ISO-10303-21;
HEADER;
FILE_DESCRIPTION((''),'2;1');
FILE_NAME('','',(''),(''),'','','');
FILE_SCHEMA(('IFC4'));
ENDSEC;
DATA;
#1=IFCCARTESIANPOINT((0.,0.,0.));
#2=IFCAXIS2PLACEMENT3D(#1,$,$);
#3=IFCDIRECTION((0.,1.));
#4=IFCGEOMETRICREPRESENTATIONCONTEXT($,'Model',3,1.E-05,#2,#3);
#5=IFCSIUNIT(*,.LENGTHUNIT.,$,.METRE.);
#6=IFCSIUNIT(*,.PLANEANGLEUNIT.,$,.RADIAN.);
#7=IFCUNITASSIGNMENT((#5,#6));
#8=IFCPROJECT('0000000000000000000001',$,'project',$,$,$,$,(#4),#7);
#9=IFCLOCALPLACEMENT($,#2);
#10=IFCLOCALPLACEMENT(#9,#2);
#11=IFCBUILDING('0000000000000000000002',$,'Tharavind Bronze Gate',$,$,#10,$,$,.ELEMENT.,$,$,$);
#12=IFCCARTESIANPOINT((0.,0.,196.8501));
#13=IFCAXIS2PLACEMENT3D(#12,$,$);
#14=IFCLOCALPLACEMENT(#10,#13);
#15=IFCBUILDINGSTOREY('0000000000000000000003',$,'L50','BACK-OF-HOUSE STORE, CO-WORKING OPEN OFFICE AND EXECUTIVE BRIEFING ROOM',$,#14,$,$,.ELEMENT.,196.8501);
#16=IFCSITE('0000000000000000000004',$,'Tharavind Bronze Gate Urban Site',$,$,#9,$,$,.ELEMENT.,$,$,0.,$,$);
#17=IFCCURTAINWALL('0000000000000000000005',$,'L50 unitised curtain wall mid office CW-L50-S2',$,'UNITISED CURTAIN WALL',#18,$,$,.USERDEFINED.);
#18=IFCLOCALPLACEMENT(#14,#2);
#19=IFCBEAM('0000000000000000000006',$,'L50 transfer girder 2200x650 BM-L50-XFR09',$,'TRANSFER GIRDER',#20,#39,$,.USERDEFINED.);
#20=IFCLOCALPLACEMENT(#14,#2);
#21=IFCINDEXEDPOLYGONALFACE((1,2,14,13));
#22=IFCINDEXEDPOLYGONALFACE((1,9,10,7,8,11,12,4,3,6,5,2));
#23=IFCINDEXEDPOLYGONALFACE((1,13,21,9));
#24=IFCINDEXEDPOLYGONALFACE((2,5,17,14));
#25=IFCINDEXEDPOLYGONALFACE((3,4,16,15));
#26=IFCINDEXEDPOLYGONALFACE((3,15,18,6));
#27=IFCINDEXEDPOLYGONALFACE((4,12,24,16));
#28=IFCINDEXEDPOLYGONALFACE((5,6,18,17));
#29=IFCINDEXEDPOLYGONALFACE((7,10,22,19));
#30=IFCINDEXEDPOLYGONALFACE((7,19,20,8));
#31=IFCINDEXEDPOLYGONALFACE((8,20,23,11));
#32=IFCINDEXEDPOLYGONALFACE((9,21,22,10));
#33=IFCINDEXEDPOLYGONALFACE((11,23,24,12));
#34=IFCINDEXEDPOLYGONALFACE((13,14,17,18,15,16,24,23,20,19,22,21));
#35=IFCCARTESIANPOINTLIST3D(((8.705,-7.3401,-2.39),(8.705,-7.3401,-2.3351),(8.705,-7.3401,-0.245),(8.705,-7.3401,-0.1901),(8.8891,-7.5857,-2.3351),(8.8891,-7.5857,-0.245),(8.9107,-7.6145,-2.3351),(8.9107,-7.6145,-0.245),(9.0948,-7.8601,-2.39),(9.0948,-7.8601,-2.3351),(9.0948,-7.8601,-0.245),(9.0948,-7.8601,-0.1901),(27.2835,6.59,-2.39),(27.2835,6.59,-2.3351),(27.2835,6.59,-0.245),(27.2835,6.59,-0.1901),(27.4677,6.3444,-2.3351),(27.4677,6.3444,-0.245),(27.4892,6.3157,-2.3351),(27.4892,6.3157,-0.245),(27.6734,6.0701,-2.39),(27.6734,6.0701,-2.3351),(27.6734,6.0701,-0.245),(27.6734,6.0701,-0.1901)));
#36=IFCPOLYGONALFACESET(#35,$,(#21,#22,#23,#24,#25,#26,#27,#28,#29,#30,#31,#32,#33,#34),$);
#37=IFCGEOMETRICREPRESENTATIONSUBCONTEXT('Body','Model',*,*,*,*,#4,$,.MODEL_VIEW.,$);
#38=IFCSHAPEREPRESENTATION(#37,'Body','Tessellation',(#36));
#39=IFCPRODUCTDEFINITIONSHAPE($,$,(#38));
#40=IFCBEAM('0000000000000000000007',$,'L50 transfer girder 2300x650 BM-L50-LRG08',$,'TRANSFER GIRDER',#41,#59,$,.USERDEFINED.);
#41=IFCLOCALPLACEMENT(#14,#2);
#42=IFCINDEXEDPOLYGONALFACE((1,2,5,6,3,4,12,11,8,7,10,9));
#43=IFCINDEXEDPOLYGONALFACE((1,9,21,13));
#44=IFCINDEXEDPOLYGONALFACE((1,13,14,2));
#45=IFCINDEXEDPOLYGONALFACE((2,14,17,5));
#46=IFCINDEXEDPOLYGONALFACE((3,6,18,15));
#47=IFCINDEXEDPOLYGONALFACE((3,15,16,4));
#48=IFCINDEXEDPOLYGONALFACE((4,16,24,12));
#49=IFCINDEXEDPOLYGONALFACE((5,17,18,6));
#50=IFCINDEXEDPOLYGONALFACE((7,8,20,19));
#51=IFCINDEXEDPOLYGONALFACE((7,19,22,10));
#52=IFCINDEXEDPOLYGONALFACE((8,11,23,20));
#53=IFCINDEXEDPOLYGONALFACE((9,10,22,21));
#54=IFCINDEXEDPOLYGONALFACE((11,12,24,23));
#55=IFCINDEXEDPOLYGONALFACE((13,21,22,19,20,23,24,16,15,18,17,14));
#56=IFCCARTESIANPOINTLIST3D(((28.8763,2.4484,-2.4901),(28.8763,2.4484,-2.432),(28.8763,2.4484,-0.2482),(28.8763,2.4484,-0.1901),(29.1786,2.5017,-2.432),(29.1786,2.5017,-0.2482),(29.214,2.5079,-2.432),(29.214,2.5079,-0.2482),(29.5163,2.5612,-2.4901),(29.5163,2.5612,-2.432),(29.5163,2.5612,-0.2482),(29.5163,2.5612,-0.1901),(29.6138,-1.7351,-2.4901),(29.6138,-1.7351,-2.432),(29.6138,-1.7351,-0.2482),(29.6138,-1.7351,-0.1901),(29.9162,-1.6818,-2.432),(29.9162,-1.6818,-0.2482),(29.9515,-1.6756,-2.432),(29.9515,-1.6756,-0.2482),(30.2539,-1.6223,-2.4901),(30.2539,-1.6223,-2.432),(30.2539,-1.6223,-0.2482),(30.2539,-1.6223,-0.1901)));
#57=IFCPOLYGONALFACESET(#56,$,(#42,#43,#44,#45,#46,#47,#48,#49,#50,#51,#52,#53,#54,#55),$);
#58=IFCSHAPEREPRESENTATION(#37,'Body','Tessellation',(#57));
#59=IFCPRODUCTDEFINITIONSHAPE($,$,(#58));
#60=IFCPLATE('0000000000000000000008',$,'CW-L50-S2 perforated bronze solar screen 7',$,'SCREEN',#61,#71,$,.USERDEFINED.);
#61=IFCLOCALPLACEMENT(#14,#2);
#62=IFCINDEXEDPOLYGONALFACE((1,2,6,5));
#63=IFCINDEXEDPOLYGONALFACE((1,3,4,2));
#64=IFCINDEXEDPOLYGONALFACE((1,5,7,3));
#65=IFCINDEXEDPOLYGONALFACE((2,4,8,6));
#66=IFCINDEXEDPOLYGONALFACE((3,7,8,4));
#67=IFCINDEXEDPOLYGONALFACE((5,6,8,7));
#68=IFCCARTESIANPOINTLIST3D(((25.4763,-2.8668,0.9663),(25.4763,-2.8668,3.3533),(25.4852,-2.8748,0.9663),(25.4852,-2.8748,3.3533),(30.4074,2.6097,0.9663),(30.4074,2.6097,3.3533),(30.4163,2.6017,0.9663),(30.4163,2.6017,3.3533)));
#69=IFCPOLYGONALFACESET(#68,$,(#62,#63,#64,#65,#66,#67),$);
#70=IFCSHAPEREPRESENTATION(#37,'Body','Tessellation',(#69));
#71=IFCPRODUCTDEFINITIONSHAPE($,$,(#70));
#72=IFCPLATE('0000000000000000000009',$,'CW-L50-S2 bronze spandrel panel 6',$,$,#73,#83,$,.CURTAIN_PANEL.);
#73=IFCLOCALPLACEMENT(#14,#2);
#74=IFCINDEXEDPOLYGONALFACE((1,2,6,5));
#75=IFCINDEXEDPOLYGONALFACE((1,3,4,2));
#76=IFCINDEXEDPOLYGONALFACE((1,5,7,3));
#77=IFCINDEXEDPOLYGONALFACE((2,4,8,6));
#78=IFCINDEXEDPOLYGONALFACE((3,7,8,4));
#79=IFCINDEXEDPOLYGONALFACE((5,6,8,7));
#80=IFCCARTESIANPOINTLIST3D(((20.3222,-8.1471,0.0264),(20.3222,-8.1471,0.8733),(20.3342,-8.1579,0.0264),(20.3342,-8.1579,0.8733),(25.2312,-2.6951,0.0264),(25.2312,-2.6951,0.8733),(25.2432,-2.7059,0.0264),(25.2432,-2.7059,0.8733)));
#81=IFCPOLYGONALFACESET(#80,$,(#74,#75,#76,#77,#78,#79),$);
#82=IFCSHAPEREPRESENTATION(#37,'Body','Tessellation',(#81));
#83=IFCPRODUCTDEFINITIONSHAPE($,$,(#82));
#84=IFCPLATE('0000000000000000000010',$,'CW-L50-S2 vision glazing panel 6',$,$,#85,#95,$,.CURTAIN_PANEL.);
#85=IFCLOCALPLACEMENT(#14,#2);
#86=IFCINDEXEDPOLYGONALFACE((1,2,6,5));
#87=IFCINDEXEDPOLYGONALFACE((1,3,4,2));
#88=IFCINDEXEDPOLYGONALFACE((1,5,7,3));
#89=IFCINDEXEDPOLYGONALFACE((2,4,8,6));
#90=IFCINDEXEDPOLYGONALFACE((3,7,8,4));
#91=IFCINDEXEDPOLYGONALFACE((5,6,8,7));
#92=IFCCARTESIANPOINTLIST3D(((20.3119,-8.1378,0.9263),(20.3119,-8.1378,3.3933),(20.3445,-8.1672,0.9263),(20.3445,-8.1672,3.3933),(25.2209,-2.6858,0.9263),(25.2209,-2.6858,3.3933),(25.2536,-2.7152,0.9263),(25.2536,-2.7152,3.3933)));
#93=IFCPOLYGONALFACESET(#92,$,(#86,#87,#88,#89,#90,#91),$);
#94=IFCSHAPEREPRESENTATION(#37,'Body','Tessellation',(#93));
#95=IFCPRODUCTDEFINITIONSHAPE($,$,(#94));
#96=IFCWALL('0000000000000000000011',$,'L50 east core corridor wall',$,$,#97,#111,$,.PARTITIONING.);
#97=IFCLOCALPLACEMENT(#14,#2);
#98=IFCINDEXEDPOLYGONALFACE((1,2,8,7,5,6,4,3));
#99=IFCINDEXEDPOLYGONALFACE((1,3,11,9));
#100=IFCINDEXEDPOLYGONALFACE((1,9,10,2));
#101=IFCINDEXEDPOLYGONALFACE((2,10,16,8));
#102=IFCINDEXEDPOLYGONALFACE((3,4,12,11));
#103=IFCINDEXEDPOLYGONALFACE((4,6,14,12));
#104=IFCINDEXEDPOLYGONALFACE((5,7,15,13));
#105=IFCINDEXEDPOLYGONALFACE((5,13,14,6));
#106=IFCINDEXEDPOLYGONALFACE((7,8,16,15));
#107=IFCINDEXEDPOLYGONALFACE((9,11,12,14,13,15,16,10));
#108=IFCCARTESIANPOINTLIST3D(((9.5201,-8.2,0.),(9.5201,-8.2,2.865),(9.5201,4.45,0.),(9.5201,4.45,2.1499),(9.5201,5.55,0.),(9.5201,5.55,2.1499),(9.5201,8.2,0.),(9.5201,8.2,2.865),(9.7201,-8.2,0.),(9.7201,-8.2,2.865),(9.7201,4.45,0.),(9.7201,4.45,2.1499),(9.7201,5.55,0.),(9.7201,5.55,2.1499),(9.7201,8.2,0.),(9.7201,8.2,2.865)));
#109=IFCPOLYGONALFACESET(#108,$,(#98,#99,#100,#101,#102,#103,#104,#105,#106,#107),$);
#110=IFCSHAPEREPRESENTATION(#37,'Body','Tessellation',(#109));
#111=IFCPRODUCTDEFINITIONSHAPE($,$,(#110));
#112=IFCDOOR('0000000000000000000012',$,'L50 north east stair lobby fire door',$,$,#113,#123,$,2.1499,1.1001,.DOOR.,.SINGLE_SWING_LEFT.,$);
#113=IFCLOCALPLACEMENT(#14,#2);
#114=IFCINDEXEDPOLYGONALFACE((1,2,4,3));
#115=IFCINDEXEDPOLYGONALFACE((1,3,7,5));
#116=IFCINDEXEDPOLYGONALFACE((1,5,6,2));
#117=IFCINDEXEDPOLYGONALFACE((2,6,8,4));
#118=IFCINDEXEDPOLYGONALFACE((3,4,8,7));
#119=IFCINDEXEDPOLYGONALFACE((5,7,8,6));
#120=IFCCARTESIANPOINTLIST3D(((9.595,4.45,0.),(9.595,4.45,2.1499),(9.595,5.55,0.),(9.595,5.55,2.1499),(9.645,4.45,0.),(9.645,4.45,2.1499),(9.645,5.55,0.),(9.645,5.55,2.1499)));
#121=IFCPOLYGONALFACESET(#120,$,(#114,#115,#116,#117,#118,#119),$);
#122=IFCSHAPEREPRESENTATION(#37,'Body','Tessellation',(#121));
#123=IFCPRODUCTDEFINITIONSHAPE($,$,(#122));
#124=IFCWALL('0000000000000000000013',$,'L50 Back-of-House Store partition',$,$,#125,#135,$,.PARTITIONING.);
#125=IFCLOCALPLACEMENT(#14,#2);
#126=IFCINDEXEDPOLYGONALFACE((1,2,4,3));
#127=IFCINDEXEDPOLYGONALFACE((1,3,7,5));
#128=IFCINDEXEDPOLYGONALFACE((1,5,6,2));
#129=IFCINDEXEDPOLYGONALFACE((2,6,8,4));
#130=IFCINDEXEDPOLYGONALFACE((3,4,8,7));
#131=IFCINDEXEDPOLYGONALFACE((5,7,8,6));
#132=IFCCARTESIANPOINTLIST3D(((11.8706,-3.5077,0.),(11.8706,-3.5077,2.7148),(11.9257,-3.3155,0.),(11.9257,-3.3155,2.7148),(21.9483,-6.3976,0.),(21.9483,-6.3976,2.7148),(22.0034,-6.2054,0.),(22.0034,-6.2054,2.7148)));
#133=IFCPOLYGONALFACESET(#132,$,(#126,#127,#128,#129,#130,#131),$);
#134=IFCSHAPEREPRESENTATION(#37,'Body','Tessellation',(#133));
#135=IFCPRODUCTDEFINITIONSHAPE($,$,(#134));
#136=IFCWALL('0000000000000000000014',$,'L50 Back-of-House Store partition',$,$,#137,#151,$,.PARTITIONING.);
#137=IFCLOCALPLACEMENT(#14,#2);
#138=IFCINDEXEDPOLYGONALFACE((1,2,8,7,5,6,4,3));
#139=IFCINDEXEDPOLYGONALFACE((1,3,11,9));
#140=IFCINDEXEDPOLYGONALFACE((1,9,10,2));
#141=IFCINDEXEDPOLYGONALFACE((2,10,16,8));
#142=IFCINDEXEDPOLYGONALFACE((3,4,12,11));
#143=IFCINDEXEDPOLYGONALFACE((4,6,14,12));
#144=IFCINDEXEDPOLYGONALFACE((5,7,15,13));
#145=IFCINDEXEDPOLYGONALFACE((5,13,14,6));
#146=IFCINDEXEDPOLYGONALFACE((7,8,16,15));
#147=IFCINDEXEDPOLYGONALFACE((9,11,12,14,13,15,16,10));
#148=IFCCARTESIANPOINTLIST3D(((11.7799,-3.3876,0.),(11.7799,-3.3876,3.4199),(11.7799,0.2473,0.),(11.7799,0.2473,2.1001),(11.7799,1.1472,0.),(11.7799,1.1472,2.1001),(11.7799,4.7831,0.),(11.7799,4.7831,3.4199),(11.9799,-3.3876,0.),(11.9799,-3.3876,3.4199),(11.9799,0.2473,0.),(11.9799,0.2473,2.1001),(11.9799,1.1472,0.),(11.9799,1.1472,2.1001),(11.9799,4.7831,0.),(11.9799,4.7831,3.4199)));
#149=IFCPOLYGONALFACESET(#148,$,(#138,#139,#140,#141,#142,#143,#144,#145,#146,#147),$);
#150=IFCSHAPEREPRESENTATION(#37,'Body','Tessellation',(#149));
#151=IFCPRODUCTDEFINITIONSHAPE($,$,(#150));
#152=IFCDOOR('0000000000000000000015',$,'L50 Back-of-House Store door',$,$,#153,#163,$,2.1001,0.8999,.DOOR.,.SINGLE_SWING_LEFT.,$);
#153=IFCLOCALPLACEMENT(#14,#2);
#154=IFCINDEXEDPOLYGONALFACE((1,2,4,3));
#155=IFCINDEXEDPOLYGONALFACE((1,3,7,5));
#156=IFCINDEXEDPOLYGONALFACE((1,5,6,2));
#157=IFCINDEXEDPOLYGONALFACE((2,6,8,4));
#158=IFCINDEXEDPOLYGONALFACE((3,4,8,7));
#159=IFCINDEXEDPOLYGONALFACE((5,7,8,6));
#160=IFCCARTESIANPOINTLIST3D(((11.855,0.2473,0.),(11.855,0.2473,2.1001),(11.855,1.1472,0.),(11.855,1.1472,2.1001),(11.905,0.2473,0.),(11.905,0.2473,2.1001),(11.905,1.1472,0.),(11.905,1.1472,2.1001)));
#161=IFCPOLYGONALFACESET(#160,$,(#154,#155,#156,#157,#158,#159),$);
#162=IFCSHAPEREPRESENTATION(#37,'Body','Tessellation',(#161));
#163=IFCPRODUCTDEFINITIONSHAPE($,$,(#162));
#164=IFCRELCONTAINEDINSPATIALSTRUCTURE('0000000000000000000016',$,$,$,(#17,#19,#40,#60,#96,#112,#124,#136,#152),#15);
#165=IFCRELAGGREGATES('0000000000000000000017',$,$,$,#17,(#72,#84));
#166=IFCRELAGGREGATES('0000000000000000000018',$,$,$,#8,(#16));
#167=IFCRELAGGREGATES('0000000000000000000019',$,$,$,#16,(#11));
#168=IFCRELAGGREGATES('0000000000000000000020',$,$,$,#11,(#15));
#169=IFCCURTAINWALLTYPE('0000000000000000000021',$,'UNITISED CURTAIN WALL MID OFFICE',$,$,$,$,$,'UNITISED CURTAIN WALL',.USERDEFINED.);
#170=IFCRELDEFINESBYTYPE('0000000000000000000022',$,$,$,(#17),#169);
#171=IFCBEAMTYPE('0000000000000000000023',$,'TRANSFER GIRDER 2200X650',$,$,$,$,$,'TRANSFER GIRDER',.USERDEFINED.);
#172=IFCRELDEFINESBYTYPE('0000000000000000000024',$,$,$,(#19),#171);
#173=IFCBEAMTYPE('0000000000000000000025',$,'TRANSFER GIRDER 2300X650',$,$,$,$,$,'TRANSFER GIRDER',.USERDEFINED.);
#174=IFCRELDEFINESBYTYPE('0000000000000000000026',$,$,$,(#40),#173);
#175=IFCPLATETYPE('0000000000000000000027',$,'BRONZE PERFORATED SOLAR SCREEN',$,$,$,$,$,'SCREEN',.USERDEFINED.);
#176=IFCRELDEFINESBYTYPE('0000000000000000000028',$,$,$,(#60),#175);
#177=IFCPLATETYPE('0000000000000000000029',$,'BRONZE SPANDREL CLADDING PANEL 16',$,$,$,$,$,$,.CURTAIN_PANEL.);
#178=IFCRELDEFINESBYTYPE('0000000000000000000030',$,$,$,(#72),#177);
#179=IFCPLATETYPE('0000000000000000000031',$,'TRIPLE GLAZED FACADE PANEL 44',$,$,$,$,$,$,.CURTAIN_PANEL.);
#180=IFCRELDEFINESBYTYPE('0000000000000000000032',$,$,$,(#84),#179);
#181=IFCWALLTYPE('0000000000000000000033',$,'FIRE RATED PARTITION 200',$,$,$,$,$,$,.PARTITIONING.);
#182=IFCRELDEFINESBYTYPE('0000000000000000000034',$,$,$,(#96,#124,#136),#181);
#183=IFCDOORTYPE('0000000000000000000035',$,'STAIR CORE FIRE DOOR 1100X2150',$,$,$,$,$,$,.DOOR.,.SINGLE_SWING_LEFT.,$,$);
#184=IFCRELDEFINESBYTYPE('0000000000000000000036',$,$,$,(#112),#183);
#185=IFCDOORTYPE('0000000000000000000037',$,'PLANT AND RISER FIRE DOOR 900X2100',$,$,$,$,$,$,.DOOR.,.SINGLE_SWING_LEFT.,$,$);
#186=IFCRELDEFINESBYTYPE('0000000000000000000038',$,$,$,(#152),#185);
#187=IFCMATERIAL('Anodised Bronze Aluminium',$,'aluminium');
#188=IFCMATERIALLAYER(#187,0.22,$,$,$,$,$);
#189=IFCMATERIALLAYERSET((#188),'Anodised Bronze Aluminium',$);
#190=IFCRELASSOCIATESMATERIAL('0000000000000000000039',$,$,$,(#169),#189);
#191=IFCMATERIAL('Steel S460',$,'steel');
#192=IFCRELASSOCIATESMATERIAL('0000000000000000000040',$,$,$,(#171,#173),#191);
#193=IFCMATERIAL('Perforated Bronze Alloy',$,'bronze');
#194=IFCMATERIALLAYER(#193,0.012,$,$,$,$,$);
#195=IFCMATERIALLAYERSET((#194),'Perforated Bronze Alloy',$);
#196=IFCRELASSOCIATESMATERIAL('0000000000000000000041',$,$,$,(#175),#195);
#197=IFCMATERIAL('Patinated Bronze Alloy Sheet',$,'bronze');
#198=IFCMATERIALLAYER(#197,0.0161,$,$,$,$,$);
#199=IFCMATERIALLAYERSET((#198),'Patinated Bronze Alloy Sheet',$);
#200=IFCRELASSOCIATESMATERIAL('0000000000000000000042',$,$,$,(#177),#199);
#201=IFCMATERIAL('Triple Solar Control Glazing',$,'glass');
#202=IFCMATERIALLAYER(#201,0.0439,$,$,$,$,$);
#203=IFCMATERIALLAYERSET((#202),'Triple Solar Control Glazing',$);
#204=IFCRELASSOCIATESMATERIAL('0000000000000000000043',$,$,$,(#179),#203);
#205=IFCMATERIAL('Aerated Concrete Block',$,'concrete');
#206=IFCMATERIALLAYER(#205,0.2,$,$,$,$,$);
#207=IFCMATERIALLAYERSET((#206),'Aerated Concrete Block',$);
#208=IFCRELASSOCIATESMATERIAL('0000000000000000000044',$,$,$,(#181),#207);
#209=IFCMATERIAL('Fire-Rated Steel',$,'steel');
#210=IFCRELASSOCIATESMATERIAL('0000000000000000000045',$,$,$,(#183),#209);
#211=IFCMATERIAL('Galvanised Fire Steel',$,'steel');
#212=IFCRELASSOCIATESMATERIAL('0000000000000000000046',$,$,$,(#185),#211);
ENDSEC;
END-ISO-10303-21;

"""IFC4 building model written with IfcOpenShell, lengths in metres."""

from ifc_helpers import new_model, si_unit, direction, frame, frame_2d, origin, origin_2d, place, context, subcontext, project, spatial, rectangle, i_section, extrude, material, layer, layer_set, material_profile, profile_set, type_object, element, fill, aggregate, save


model = new_model("IFC4")

# Units and contexts
model_context = context("Model", 3, precision=1e-05, world=origin(), true_north=direction((0.0, 1.0)))
body_context = subcontext(model_context, "Body", "Model", "MODEL_VIEW")
ifc_project = project(units=[si_unit("LENGTHUNIT", "METRE"), si_unit("PLANEANGLEUNIT", "RADIAN")], contexts=[model_context])

# Site, building, storey
site_placement = place(None, origin())
site = spatial("IfcSite", under=ifc_project, at=site_placement, Name="Tharavind Bronze Gate Urban Site", CompositionType="ELEMENT", RefElevation=0.0)
building_placement = place(site_placement, origin())
building = spatial("IfcBuilding", under=site, at=building_placement, Name="Tharavind Bronze Gate", CompositionType="ELEMENT")
storey_placement = place(building_placement, frame((0.0, 0.0, 196.8501)))
storey = spatial("IfcBuildingStorey", under=building, at=storey_placement, Name="L50", Description="BACK-OF-HOUSE STORE, CO-WORKING OPEN OFFICE AND EXECUTIVE BRIEFING ROOM", CompositionType="ELEMENT", Elevation=196.8501)

# Curtain wall
ifc_material_1 = material(Name="Anodised Bronze Aluminium", Category="aluminium")
ifc_layer_1 = layer(ifc_material_1, 0.22)
ifc_layer_set_1 = layer_set([ifc_layer_1], Name="Anodised Bronze Aluminium")
curtain_wall_type = type_object("IfcCurtainWallType", Name="UNITISED CURTAIN WALL MID OFFICE", ElementType="UNITISED CURTAIN WALL", PredefinedType="USERDEFINED", material=ifc_layer_set_1)
curtain_wall_placement = place(storey_placement, origin())
curtain_wall = element("IfcCurtainWall", 1, at=curtain_wall_placement, inside=storey, type_object=curtain_wall_type, Name="L50 unitised curtain wall mid office CW-L50-S2", ObjectType="UNITISED CURTAIN WALL", PredefinedType="USERDEFINED")

# Beams
ifc_material_2 = material(Name="Steel S460", Category="steel")
ifc_material_profile_1 = material_profile(ifc_material_2, i_section(OverallWidth=0.6499, OverallDepth=2.2, WebThickness=0.0359, FlangeThickness=0.0549, at=origin_2d()), Name="PG2200X650")
ifc_profile_set_1 = profile_set([ifc_material_profile_1], Name="Steel S460")
beam_type_1 = type_object("IfcBeamType", Name="TRANSFER GIRDER 2200X650", ElementType="TRANSFER GIRDER", PredefinedType="USERDEFINED", material=ifc_profile_set_1)
beam_1_placement = place(storey_placement, frame((8.8999, -7.6001, -1.29), z_axis=(0.800078, 0.599896, 0.0), x_axis=(-0.599896, 0.800078, 0.0)))
element("IfcBeam", 2, at=beam_1_placement, inside=storey, type_object=beam_type_1, Name="L50 transfer girder 2200x650 BM-L50-XFR09", ObjectType="TRANSFER GIRDER", PredefinedType="USERDEFINED", context=body_context, shape_type="SweptSolid", body=[
    extrude(i_section(OverallWidth=0.6499, OverallDepth=2.2, WebThickness=0.0359, FlangeThickness=0.0549, at=origin_2d()), origin(), (0.0, 0.0, 1.0), 23.2209),
])
ifc_material_profile_2 = material_profile(ifc_material_2, i_section(OverallWidth=0.6499, OverallDepth=2.3, WebThickness=0.0359, FlangeThickness=0.0581, at=origin_2d()), Name="PG2300X650")
ifc_profile_set_2 = profile_set([ifc_material_profile_2], Name="Steel S460")
beam_type_2 = type_object("IfcBeamType", Name="TRANSFER GIRDER 2300X650", ElementType="TRANSFER GIRDER", PredefinedType="USERDEFINED", material=ifc_profile_set_2)
beam_2_placement = place(storey_placement, frame((29.9338, -1.6787, -1.3401), z_axis=(-0.173618, 0.984813, 0.0), x_axis=(-0.984813, -0.173618, 0.0)))
element("IfcBeam", 3, at=beam_2_placement, inside=storey, type_object=beam_type_2, Name="L50 transfer girder 2300x650 BM-L50-LRG08", ObjectType="TRANSFER GIRDER", PredefinedType="USERDEFINED", context=body_context, shape_type="SweptSolid", body=[
    extrude(i_section(OverallWidth=0.6499, OverallDepth=2.3, WebThickness=0.0359, FlangeThickness=0.0581, at=origin_2d()), origin(), (0.0, 0.0, 1.0), 4.248),
])

# Plates
ifc_material_3 = material(Name="Perforated Bronze Alloy", Category="bronze")
ifc_layer_2 = layer(ifc_material_3, 0.012)
ifc_layer_set_2 = layer_set([ifc_layer_2], Name="Perforated Bronze Alloy")
plate_type_1 = type_object("IfcPlateType", Name="BRONZE PERFORATED SOLAR SCREEN", ElementType="SCREEN", PredefinedType="USERDEFINED", material=ifc_layer_set_2)
plate_1_placement = place(storey_placement, frame((27.9463, -0.1326, 0.9663), z_axis=(0.0, 0.0, 1.0), x_axis=(0.669131, 0.743145, 0.0)))
element("IfcPlate", 4, at=plate_1_placement, inside=storey, type_object=plate_type_1, Name="CW-L50-S2 perforated bronze solar screen 7", ObjectType="SCREEN", PredefinedType="USERDEFINED", context=body_context, shape_type="SweptSolid", body=[
    extrude(rectangle(XDim=7.3694, YDim=0.012, at=origin_2d()), origin(), (0.0, 0.0, 1.0), 2.387),
])
ifc_material_4 = material(Name="Patinated Bronze Alloy Sheet", Category="bronze")
ifc_layer_3 = layer(ifc_material_4, 0.0161)
ifc_layer_set_3 = layer_set([ifc_layer_3], Name="Patinated Bronze Alloy Sheet")
plate_type_2 = type_object("IfcPlateType", Name="BRONZE SPANDREL CLADDING PANEL 16", PredefinedType="CURTAIN_PANEL", material=ifc_layer_set_3)
plate_2_placement = place(storey_placement, frame((22.7827, -5.4265, 0.0264), z_axis=(0.0, 0.0, 1.0), x_axis=(0.669131, 0.743145, 0.0)))
plate_2 = element("IfcPlate", 5, at=plate_2_placement, type_object=plate_type_2, Name="CW-L50-S2 bronze spandrel panel 6", PredefinedType="CURTAIN_PANEL", context=body_context, shape_type="SweptSolid", body=[
    extrude(rectangle(XDim=7.3364, YDim=0.0161, at=origin_2d()), origin(), (0.0, 0.0, 1.0), 0.8469),
])
ifc_material_5 = material(Name="Triple Solar Control Glazing", Category="glass")
ifc_layer_4 = layer(ifc_material_5, 0.0439)
ifc_layer_set_4 = layer_set([ifc_layer_4], Name="Triple Solar Control Glazing")
plate_type_3 = type_object("IfcPlateType", Name="TRIPLE GLAZED FACADE PANEL 44", PredefinedType="CURTAIN_PANEL", material=ifc_layer_set_4)
plate_3_placement = place(storey_placement, frame((22.7827, -5.4265, 0.9263), z_axis=(0.0, 0.0, 1.0), x_axis=(0.669131, 0.743145, 0.0)))
plate_3 = element("IfcPlate", 6, at=plate_3_placement, type_object=plate_type_3, Name="CW-L50-S2 vision glazing panel 6", PredefinedType="CURTAIN_PANEL", context=body_context, shape_type="SweptSolid", body=[
    extrude(rectangle(XDim=7.3364, YDim=0.0439, at=origin_2d()), origin(), (0.0, 0.0, 1.0), 2.467),
])
aggregate(curtain_wall, [plate_2, plate_3])

# Wall, opening, door
ifc_material_6 = material(Name="Aerated Concrete Block", Category="concrete")
ifc_layer_5 = layer(ifc_material_6, 0.2)
ifc_layer_set_5 = layer_set([ifc_layer_5], Name="Aerated Concrete Block")
wall_type_1 = type_object("IfcWallType", Name="FIRE RATED PARTITION 200", PredefinedType="PARTITIONING", material=ifc_layer_set_5)
wall_1_placement = place(storey_placement, frame((9.6201, -8.2, 0.0), z_axis=(0.0, 0.0, 1.0), x_axis=(0.0, 1.0, 0.0)))
wall_1 = element("IfcWall", 7, at=wall_1_placement, inside=storey, type_object=wall_type_1, Name="L50 east core corridor wall", PredefinedType="PARTITIONING", context=body_context, shape_type="SweptSolid", body=[
    extrude(rectangle(XDim=16.3999, YDim=0.2, at=frame_2d((8.2, 0.0))), origin(), (0.0, 0.0, 1.0), 2.865),
])
opening_1_placement = place(wall_1_placement, frame((12.6499, 0.0, 0.0)))
opening_1 = element("IfcOpeningElement", 8, at=opening_1_placement, cuts=wall_1, PredefinedType="OPENING", context=body_context, shape_type="SweptSolid", body=[
    extrude(rectangle(XDim=1.1001, YDim=2.1499, at=frame_2d((0.55, 1.075))), frame((0.0, 0.1101, 0.0), z_axis=(0.0, -1.0, 0.0), x_axis=(1.0, 0.0, 0.0)), (0.0, 0.0, 1.0), 0.22),
])
ifc_material_7 = material(Name="Fire-Rated Steel", Category="steel")
door_type_1 = type_object("IfcDoorType", Name="STAIR CORE FIRE DOOR 1100X2150", OperationType="SINGLE_SWING_LEFT", PredefinedType="DOOR", material=ifc_material_7)
door_1_placement = place(opening_1_placement, frame((1.1001, 0.0, 0.0), z_axis=(0.0, 0.0, 1.0), x_axis=(-1.0, 0.0, 0.0)))
door_1 = element("IfcDoor", 9, at=door_1_placement, inside=storey, type_object=door_type_1, Name="L50 north east stair lobby fire door", OperationType="SINGLE_SWING_LEFT", OverallHeight=2.1499, OverallWidth=1.1001, PredefinedType="DOOR", context=body_context, shape_type="SweptSolid", body=[
    extrude(rectangle(XDim=1.1001, YDim=2.1499, at=frame_2d((0.55, 1.075))), frame((0.0, 0.0249, 0.0), z_axis=(0.0, -1.0, 0.0), x_axis=(1.0, 0.0, 0.0)), (0.0, 0.0, 1.0), 0.05),
])
fill(opening_1, door_1)

# Wall
wall_2_placement = place(storey_placement, frame((21.9758, -6.3015, 0.0), z_axis=(0.0, 0.0, 1.0), x_axis=(-0.961257, 0.275653, 0.0)))
element("IfcWall", 10, at=wall_2_placement, inside=storey, type_object=wall_type_1, Name="L50 Back-of-House Store partition", PredefinedType="PARTITIONING", context=body_context, shape_type="SweptSolid", body=[
    extrude(rectangle(XDim=10.4839, YDim=0.2, at=frame_2d((5.2419, 0.0))), origin(), (0.0, 0.0, 1.0), 2.7148),
])

# Wall, opening, door
wall_3_placement = place(storey_placement, frame((11.8799, -3.3877, 0.0), z_axis=(0.0, 0.0, 1.0), x_axis=(0.0, 1.0, 0.0)))
wall_3 = element("IfcWall", 11, at=wall_3_placement, inside=storey, type_object=wall_type_1, Name="L50 Back-of-House Store partition", PredefinedType="PARTITIONING", context=body_context, shape_type="SweptSolid", body=[
    extrude(rectangle(XDim=8.1707, YDim=0.2, at=frame_2d((4.0854, 0.0))), origin(), (0.0, 0.0, 1.0), 3.4199),
])
opening_2_placement = place(wall_3_placement, frame((3.635, 0.0, 0.0)))
opening_2 = element("IfcOpeningElement", 12, at=opening_2_placement, cuts=wall_3, PredefinedType="OPENING", context=body_context, shape_type="SweptSolid", body=[
    extrude(rectangle(XDim=0.8999, YDim=2.1001, at=frame_2d((0.45, 1.05))), frame((0.0, 0.1101, 0.0), z_axis=(0.0, -1.0, 0.0), x_axis=(1.0, 0.0, 0.0)), (0.0, 0.0, 1.0), 0.22),
])
ifc_material_8 = material(Name="Galvanised Fire Steel", Category="steel")
door_type_2 = type_object("IfcDoorType", Name="PLANT AND RISER FIRE DOOR 900X2100", OperationType="SINGLE_SWING_LEFT", PredefinedType="DOOR", material=ifc_material_8)
door_2_placement = place(opening_2_placement, origin())
door_2 = element("IfcDoor", 13, at=door_2_placement, inside=storey, type_object=door_type_2, Name="L50 Back-of-House Store door", OperationType="SINGLE_SWING_LEFT", OverallHeight=2.1001, OverallWidth=0.8999, PredefinedType="DOOR", context=body_context, shape_type="SweptSolid", body=[
    extrude(rectangle(XDim=0.8999, YDim=2.1001, at=frame_2d((0.45, 1.05))), frame((0.0, 0.0249, 0.0), z_axis=(0.0, -1.0, 0.0), x_axis=(1.0, 0.0, 0.0)), (0.0, 0.0, 1.0), 0.05),
])
fill(opening_2, door_2)

save(model, "model.ifc")
